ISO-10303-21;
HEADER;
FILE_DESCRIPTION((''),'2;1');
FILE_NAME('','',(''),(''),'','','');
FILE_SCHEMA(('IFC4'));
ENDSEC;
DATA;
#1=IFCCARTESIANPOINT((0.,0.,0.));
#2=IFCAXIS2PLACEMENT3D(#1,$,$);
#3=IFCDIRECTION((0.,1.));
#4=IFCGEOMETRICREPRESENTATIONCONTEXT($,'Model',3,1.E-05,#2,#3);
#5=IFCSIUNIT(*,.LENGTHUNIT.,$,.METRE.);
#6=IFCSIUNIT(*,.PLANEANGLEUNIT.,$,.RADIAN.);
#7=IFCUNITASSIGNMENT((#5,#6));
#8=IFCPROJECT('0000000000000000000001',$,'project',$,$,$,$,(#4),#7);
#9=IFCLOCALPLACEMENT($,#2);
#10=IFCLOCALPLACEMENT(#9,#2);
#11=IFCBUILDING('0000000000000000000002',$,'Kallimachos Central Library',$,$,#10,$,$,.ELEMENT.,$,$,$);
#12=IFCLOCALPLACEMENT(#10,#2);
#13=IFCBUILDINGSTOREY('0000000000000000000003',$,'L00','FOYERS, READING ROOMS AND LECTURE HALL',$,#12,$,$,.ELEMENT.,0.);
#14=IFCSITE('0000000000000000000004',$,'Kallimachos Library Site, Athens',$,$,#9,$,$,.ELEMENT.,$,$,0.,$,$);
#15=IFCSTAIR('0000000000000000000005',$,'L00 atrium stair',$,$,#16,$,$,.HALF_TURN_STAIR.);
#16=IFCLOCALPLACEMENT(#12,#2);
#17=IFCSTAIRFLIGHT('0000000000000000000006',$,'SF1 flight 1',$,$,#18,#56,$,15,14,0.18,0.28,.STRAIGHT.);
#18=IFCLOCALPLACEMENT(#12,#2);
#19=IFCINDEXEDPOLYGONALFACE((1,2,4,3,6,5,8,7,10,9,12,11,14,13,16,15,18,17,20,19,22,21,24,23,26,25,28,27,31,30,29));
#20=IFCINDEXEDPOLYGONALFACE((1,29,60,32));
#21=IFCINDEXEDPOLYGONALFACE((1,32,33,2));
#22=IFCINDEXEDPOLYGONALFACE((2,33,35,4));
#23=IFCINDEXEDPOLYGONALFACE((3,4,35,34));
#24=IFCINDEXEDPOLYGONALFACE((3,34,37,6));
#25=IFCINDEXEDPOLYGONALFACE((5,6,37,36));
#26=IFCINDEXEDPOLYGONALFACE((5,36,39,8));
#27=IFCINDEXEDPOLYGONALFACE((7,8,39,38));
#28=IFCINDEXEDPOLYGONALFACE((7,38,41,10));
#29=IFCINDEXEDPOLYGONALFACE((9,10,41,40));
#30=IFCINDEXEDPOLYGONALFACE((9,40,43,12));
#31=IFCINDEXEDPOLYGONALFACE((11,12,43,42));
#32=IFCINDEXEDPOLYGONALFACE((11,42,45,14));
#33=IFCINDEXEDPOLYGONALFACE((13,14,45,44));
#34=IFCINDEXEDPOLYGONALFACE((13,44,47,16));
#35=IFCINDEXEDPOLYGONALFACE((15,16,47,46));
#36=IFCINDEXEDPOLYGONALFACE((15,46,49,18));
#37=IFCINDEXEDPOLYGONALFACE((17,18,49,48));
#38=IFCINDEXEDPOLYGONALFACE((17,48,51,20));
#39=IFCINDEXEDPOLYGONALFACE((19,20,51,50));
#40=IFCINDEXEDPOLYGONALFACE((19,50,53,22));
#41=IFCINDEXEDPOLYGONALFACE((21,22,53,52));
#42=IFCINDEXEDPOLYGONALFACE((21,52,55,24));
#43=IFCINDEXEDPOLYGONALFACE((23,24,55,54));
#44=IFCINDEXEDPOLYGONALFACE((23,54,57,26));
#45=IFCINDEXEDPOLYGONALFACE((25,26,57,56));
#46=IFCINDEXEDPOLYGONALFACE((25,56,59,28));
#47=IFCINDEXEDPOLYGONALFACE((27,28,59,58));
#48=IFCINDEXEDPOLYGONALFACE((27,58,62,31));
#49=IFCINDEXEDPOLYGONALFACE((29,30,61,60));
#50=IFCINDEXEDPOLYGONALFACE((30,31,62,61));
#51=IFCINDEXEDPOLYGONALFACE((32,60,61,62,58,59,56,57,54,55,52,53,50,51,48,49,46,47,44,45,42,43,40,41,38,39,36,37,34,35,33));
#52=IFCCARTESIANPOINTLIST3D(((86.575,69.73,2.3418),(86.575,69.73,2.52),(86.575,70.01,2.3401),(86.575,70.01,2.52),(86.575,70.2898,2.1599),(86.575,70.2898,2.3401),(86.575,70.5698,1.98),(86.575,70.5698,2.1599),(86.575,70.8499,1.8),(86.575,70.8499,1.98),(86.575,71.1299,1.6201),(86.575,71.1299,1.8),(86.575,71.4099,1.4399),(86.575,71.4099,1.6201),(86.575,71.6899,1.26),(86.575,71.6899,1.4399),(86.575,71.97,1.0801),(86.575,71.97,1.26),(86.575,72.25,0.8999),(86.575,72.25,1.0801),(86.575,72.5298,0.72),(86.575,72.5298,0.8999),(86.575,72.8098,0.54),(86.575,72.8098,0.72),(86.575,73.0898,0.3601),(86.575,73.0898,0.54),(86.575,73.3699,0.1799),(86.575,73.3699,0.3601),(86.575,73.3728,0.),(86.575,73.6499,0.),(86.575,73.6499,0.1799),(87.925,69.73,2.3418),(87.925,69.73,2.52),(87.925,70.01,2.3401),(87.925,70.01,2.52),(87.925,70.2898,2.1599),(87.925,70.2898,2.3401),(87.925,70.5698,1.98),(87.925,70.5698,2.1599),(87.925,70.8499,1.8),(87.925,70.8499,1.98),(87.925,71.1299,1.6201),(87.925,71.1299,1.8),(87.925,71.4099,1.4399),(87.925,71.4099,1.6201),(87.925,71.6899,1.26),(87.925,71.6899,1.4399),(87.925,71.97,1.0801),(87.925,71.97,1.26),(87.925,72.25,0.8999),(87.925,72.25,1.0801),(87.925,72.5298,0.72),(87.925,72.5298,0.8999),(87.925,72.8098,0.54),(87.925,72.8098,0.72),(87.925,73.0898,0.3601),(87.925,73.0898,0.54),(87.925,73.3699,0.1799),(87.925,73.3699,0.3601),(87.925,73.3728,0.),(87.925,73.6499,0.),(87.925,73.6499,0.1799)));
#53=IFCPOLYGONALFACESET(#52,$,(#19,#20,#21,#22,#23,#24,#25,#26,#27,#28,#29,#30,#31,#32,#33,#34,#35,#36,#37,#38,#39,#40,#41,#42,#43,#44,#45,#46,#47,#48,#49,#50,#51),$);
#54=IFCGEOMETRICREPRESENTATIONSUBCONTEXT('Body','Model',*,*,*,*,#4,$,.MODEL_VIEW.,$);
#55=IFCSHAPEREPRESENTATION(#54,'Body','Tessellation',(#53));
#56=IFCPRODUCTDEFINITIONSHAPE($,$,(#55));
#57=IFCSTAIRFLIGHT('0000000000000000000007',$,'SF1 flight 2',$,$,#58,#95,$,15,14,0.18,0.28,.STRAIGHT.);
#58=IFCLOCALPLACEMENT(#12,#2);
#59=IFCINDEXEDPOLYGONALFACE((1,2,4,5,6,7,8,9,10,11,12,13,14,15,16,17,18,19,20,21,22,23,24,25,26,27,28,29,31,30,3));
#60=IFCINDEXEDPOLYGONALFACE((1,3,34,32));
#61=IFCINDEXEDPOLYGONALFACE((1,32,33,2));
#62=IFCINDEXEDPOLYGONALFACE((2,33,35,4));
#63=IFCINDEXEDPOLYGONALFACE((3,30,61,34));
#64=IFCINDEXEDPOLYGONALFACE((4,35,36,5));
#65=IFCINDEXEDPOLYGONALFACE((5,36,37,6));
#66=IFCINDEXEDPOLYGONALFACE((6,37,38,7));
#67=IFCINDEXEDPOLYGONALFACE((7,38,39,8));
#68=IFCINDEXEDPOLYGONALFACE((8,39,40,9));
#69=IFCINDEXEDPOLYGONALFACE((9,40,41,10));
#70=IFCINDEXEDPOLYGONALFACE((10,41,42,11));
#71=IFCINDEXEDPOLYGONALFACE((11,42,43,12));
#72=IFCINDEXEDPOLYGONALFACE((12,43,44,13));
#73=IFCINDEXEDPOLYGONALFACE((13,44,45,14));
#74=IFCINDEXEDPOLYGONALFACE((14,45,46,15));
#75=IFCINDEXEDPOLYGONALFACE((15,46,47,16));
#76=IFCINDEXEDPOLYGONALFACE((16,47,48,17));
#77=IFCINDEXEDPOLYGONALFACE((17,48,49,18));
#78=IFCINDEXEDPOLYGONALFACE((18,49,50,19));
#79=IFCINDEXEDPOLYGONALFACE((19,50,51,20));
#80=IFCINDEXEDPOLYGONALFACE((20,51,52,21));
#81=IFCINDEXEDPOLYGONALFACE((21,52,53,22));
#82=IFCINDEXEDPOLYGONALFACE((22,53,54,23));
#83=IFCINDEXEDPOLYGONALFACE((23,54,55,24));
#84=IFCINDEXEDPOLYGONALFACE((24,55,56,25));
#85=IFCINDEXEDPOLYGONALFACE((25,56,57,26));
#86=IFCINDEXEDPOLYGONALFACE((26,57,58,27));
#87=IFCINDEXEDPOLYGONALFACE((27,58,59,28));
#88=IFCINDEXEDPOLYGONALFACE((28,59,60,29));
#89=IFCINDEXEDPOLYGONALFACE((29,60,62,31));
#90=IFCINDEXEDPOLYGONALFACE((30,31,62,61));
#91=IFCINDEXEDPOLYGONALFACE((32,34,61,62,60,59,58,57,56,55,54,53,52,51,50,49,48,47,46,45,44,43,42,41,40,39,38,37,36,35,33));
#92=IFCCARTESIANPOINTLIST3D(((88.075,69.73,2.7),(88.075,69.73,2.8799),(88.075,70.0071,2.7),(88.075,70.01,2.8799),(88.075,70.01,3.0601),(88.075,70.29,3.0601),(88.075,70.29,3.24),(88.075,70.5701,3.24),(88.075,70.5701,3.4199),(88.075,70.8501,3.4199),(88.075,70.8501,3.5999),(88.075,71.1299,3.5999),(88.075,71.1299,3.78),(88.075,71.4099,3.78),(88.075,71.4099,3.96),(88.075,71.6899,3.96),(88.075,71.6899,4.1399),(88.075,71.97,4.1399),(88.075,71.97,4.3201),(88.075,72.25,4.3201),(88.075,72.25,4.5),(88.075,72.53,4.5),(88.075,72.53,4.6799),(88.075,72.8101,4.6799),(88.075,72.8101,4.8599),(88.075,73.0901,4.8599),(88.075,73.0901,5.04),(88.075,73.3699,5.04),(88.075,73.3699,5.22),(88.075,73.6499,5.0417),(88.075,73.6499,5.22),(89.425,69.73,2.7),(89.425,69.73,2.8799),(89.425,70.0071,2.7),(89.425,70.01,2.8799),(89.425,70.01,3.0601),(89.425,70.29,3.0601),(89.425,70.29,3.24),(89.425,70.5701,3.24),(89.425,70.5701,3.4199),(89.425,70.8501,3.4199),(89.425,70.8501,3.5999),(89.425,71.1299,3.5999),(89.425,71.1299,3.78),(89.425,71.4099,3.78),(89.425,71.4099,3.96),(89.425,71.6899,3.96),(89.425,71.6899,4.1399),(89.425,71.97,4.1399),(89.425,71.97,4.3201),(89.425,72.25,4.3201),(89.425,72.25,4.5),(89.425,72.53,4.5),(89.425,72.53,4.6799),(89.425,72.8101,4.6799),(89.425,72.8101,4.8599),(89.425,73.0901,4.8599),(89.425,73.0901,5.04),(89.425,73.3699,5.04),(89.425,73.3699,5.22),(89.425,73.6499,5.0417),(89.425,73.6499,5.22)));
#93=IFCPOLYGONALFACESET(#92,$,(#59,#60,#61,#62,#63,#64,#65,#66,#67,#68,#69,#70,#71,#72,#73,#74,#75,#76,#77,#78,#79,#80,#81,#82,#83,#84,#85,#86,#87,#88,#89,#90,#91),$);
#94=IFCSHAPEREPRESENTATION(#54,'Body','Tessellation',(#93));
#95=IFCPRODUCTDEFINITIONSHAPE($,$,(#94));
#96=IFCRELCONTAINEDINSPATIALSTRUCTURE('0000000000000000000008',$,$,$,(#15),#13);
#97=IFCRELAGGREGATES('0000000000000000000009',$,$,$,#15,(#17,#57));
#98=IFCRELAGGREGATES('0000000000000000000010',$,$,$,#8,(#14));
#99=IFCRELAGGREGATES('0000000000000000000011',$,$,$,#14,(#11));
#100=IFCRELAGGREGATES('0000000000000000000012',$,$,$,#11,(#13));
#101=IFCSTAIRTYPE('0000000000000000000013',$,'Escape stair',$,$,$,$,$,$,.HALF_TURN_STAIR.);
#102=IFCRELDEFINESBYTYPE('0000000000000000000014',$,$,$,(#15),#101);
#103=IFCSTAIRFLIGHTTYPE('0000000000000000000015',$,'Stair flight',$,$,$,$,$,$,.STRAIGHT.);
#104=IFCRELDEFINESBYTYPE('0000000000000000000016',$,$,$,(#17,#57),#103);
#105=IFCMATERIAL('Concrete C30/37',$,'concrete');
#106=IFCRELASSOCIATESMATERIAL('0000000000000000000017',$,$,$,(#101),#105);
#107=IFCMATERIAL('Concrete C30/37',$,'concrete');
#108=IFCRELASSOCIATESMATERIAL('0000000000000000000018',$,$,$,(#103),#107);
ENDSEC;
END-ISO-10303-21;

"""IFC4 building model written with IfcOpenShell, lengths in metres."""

from ifc_helpers import new_model, si_unit, direction, frame, origin, place, context, subcontext, project, spatial, polyline, outline, extrude, material, type_object, element, aggregate, save


model = new_model("IFC4")

# Units and contexts
model_context = context("Model", 3, precision=1e-05, world=origin(), true_north=direction((0.0, 1.0)))
body_context = subcontext(model_context, "Body", "Model", "MODEL_VIEW")
ifc_project = project(units=[si_unit("LENGTHUNIT", "METRE"), si_unit("PLANEANGLEUNIT", "RADIAN")], contexts=[model_context])

# Site, building, storey
site_placement = place(None, origin())
site = spatial("IfcSite", under=ifc_project, at=site_placement, Name="Kallimachos Library Site, Athens", CompositionType="ELEMENT", RefElevation=0.0)
building_placement = place(site_placement, origin())
building = spatial("IfcBuilding", under=site, at=building_placement, Name="Kallimachos Central Library", CompositionType="ELEMENT")
storey_placement = place(building_placement, origin())
storey = spatial("IfcBuildingStorey", under=building, at=storey_placement, Name="L00", Description="FOYERS, READING ROOMS AND LECTURE HALL", CompositionType="ELEMENT", Elevation=0.0)

# Stair, stair flights
ifc_material_1 = material(Name="Concrete C30/37", Category="concrete")
stair_type = type_object("IfcStairType", Name="Escape stair", PredefinedType="HALF_TURN_STAIR", material=ifc_material_1)
stair_placement = place(storey_placement, origin())
stair = element("IfcStair", 1, at=stair_placement, inside=storey, type_object=stair_type, Name="L00 atrium stair", PredefinedType="HALF_TURN_STAIR")
ifc_material_2 = material(Name="Concrete C30/37", Category="concrete")
stair_flight_type = type_object("IfcStairFlightType", Name="Stair flight", PredefinedType="STRAIGHT", material=ifc_material_2)
stair_flight_1_placement = place(storey_placement, frame((87.25, 73.6499, 0.0), z_axis=(0.0, 0.0, 1.0), x_axis=(0.0, -1.0, 0.0)))
stair_flight_1 = element("IfcStairFlight", 2, at=stair_flight_1_placement, type_object=stair_flight_type, Name="SF1 flight 1", NumberOfRisers=15, NumberOfTreads=14, PredefinedType="STRAIGHT", RiserHeight=0.18, TreadLength=0.28, context=body_context, shape_type="SweptSolid", body=[
    extrude(outline(polyline([(0.0, 0.0), (0.0, 0.1799), (0.28, 0.1799), (0.28, 0.3601), (0.5601, 0.3601), (0.5601, 0.54), (0.8401, 0.54), (0.8401, 0.72), (1.1201, 0.72), (1.1201, 0.8999), (1.3999, 0.8999), (1.3999, 1.0801), (1.6799, 1.0801), (1.6799, 1.26), (1.96, 1.26), (1.96, 1.4399), (2.24, 1.4399), (2.24, 1.6201), (2.52, 1.6201), (2.52, 1.8), (2.8, 1.8), (2.8, 1.98), (3.0801, 1.98), (3.0801, 2.1599), (3.3601, 2.1599), (3.3601, 2.3401), (3.6399, 2.3401), (3.6399, 2.52), (3.9199, 2.52), (3.9199, 2.7), (3.9199, 2.3418), (0.2771, 0.0), (0.0, 0.0)])), frame((0.0, 0.675, 0.0), z_axis=(0.0, -1.0, 0.0), x_axis=(1.0, 0.0, 0.0)), (0.0, 0.0, 1.0), 1.3501),
])
stair_flight_2_placement = place(storey_placement, frame((88.75, 69.73, 2.7), z_axis=(0.0, 0.0, 1.0), x_axis=(0.0, 1.0, 0.0)))
stair_flight_2 = element("IfcStairFlight", 3, at=stair_flight_2_placement, type_object=stair_flight_type, Name="SF1 flight 2", NumberOfRisers=15, NumberOfTreads=14, PredefinedType="STRAIGHT", RiserHeight=0.18, TreadLength=0.28, context=body_context, shape_type="SweptSolid", body=[
    extrude(outline(polyline([(0.0, 0.0), (0.0, 0.1799), (0.28, 0.1799), (0.28, 0.3601), (0.5601, 0.3601), (0.5601, 0.54), (0.8401, 0.54), (0.8401, 0.72), (1.1201, 0.72), (1.1201, 0.8999), (1.3999, 0.8999), (1.3999, 1.0801), (1.6799, 1.0801), (1.6799, 1.26), (1.96, 1.26), (1.96, 1.4399), (2.24, 1.4399), (2.24, 1.6201), (2.52, 1.6201), (2.52, 1.8), (2.8, 1.8), (2.8, 1.98), (3.0801, 1.98), (3.0801, 2.1599), (3.3601, 2.1599), (3.3601, 2.3401), (3.6399, 2.3401), (3.6399, 2.52), (3.9199, 2.52), (3.9199, 2.7), (3.9199, 2.3418), (0.2771, 0.0), (0.0, 0.0)])), frame((0.0, 0.675, 0.0), z_axis=(0.0, -1.0, 0.0), x_axis=(1.0, 0.0, 0.0)), (0.0, 0.0, 1.0), 1.3501),
])
aggregate(stair, [stair_flight_1, stair_flight_2])

save(model, "model.ifc")
